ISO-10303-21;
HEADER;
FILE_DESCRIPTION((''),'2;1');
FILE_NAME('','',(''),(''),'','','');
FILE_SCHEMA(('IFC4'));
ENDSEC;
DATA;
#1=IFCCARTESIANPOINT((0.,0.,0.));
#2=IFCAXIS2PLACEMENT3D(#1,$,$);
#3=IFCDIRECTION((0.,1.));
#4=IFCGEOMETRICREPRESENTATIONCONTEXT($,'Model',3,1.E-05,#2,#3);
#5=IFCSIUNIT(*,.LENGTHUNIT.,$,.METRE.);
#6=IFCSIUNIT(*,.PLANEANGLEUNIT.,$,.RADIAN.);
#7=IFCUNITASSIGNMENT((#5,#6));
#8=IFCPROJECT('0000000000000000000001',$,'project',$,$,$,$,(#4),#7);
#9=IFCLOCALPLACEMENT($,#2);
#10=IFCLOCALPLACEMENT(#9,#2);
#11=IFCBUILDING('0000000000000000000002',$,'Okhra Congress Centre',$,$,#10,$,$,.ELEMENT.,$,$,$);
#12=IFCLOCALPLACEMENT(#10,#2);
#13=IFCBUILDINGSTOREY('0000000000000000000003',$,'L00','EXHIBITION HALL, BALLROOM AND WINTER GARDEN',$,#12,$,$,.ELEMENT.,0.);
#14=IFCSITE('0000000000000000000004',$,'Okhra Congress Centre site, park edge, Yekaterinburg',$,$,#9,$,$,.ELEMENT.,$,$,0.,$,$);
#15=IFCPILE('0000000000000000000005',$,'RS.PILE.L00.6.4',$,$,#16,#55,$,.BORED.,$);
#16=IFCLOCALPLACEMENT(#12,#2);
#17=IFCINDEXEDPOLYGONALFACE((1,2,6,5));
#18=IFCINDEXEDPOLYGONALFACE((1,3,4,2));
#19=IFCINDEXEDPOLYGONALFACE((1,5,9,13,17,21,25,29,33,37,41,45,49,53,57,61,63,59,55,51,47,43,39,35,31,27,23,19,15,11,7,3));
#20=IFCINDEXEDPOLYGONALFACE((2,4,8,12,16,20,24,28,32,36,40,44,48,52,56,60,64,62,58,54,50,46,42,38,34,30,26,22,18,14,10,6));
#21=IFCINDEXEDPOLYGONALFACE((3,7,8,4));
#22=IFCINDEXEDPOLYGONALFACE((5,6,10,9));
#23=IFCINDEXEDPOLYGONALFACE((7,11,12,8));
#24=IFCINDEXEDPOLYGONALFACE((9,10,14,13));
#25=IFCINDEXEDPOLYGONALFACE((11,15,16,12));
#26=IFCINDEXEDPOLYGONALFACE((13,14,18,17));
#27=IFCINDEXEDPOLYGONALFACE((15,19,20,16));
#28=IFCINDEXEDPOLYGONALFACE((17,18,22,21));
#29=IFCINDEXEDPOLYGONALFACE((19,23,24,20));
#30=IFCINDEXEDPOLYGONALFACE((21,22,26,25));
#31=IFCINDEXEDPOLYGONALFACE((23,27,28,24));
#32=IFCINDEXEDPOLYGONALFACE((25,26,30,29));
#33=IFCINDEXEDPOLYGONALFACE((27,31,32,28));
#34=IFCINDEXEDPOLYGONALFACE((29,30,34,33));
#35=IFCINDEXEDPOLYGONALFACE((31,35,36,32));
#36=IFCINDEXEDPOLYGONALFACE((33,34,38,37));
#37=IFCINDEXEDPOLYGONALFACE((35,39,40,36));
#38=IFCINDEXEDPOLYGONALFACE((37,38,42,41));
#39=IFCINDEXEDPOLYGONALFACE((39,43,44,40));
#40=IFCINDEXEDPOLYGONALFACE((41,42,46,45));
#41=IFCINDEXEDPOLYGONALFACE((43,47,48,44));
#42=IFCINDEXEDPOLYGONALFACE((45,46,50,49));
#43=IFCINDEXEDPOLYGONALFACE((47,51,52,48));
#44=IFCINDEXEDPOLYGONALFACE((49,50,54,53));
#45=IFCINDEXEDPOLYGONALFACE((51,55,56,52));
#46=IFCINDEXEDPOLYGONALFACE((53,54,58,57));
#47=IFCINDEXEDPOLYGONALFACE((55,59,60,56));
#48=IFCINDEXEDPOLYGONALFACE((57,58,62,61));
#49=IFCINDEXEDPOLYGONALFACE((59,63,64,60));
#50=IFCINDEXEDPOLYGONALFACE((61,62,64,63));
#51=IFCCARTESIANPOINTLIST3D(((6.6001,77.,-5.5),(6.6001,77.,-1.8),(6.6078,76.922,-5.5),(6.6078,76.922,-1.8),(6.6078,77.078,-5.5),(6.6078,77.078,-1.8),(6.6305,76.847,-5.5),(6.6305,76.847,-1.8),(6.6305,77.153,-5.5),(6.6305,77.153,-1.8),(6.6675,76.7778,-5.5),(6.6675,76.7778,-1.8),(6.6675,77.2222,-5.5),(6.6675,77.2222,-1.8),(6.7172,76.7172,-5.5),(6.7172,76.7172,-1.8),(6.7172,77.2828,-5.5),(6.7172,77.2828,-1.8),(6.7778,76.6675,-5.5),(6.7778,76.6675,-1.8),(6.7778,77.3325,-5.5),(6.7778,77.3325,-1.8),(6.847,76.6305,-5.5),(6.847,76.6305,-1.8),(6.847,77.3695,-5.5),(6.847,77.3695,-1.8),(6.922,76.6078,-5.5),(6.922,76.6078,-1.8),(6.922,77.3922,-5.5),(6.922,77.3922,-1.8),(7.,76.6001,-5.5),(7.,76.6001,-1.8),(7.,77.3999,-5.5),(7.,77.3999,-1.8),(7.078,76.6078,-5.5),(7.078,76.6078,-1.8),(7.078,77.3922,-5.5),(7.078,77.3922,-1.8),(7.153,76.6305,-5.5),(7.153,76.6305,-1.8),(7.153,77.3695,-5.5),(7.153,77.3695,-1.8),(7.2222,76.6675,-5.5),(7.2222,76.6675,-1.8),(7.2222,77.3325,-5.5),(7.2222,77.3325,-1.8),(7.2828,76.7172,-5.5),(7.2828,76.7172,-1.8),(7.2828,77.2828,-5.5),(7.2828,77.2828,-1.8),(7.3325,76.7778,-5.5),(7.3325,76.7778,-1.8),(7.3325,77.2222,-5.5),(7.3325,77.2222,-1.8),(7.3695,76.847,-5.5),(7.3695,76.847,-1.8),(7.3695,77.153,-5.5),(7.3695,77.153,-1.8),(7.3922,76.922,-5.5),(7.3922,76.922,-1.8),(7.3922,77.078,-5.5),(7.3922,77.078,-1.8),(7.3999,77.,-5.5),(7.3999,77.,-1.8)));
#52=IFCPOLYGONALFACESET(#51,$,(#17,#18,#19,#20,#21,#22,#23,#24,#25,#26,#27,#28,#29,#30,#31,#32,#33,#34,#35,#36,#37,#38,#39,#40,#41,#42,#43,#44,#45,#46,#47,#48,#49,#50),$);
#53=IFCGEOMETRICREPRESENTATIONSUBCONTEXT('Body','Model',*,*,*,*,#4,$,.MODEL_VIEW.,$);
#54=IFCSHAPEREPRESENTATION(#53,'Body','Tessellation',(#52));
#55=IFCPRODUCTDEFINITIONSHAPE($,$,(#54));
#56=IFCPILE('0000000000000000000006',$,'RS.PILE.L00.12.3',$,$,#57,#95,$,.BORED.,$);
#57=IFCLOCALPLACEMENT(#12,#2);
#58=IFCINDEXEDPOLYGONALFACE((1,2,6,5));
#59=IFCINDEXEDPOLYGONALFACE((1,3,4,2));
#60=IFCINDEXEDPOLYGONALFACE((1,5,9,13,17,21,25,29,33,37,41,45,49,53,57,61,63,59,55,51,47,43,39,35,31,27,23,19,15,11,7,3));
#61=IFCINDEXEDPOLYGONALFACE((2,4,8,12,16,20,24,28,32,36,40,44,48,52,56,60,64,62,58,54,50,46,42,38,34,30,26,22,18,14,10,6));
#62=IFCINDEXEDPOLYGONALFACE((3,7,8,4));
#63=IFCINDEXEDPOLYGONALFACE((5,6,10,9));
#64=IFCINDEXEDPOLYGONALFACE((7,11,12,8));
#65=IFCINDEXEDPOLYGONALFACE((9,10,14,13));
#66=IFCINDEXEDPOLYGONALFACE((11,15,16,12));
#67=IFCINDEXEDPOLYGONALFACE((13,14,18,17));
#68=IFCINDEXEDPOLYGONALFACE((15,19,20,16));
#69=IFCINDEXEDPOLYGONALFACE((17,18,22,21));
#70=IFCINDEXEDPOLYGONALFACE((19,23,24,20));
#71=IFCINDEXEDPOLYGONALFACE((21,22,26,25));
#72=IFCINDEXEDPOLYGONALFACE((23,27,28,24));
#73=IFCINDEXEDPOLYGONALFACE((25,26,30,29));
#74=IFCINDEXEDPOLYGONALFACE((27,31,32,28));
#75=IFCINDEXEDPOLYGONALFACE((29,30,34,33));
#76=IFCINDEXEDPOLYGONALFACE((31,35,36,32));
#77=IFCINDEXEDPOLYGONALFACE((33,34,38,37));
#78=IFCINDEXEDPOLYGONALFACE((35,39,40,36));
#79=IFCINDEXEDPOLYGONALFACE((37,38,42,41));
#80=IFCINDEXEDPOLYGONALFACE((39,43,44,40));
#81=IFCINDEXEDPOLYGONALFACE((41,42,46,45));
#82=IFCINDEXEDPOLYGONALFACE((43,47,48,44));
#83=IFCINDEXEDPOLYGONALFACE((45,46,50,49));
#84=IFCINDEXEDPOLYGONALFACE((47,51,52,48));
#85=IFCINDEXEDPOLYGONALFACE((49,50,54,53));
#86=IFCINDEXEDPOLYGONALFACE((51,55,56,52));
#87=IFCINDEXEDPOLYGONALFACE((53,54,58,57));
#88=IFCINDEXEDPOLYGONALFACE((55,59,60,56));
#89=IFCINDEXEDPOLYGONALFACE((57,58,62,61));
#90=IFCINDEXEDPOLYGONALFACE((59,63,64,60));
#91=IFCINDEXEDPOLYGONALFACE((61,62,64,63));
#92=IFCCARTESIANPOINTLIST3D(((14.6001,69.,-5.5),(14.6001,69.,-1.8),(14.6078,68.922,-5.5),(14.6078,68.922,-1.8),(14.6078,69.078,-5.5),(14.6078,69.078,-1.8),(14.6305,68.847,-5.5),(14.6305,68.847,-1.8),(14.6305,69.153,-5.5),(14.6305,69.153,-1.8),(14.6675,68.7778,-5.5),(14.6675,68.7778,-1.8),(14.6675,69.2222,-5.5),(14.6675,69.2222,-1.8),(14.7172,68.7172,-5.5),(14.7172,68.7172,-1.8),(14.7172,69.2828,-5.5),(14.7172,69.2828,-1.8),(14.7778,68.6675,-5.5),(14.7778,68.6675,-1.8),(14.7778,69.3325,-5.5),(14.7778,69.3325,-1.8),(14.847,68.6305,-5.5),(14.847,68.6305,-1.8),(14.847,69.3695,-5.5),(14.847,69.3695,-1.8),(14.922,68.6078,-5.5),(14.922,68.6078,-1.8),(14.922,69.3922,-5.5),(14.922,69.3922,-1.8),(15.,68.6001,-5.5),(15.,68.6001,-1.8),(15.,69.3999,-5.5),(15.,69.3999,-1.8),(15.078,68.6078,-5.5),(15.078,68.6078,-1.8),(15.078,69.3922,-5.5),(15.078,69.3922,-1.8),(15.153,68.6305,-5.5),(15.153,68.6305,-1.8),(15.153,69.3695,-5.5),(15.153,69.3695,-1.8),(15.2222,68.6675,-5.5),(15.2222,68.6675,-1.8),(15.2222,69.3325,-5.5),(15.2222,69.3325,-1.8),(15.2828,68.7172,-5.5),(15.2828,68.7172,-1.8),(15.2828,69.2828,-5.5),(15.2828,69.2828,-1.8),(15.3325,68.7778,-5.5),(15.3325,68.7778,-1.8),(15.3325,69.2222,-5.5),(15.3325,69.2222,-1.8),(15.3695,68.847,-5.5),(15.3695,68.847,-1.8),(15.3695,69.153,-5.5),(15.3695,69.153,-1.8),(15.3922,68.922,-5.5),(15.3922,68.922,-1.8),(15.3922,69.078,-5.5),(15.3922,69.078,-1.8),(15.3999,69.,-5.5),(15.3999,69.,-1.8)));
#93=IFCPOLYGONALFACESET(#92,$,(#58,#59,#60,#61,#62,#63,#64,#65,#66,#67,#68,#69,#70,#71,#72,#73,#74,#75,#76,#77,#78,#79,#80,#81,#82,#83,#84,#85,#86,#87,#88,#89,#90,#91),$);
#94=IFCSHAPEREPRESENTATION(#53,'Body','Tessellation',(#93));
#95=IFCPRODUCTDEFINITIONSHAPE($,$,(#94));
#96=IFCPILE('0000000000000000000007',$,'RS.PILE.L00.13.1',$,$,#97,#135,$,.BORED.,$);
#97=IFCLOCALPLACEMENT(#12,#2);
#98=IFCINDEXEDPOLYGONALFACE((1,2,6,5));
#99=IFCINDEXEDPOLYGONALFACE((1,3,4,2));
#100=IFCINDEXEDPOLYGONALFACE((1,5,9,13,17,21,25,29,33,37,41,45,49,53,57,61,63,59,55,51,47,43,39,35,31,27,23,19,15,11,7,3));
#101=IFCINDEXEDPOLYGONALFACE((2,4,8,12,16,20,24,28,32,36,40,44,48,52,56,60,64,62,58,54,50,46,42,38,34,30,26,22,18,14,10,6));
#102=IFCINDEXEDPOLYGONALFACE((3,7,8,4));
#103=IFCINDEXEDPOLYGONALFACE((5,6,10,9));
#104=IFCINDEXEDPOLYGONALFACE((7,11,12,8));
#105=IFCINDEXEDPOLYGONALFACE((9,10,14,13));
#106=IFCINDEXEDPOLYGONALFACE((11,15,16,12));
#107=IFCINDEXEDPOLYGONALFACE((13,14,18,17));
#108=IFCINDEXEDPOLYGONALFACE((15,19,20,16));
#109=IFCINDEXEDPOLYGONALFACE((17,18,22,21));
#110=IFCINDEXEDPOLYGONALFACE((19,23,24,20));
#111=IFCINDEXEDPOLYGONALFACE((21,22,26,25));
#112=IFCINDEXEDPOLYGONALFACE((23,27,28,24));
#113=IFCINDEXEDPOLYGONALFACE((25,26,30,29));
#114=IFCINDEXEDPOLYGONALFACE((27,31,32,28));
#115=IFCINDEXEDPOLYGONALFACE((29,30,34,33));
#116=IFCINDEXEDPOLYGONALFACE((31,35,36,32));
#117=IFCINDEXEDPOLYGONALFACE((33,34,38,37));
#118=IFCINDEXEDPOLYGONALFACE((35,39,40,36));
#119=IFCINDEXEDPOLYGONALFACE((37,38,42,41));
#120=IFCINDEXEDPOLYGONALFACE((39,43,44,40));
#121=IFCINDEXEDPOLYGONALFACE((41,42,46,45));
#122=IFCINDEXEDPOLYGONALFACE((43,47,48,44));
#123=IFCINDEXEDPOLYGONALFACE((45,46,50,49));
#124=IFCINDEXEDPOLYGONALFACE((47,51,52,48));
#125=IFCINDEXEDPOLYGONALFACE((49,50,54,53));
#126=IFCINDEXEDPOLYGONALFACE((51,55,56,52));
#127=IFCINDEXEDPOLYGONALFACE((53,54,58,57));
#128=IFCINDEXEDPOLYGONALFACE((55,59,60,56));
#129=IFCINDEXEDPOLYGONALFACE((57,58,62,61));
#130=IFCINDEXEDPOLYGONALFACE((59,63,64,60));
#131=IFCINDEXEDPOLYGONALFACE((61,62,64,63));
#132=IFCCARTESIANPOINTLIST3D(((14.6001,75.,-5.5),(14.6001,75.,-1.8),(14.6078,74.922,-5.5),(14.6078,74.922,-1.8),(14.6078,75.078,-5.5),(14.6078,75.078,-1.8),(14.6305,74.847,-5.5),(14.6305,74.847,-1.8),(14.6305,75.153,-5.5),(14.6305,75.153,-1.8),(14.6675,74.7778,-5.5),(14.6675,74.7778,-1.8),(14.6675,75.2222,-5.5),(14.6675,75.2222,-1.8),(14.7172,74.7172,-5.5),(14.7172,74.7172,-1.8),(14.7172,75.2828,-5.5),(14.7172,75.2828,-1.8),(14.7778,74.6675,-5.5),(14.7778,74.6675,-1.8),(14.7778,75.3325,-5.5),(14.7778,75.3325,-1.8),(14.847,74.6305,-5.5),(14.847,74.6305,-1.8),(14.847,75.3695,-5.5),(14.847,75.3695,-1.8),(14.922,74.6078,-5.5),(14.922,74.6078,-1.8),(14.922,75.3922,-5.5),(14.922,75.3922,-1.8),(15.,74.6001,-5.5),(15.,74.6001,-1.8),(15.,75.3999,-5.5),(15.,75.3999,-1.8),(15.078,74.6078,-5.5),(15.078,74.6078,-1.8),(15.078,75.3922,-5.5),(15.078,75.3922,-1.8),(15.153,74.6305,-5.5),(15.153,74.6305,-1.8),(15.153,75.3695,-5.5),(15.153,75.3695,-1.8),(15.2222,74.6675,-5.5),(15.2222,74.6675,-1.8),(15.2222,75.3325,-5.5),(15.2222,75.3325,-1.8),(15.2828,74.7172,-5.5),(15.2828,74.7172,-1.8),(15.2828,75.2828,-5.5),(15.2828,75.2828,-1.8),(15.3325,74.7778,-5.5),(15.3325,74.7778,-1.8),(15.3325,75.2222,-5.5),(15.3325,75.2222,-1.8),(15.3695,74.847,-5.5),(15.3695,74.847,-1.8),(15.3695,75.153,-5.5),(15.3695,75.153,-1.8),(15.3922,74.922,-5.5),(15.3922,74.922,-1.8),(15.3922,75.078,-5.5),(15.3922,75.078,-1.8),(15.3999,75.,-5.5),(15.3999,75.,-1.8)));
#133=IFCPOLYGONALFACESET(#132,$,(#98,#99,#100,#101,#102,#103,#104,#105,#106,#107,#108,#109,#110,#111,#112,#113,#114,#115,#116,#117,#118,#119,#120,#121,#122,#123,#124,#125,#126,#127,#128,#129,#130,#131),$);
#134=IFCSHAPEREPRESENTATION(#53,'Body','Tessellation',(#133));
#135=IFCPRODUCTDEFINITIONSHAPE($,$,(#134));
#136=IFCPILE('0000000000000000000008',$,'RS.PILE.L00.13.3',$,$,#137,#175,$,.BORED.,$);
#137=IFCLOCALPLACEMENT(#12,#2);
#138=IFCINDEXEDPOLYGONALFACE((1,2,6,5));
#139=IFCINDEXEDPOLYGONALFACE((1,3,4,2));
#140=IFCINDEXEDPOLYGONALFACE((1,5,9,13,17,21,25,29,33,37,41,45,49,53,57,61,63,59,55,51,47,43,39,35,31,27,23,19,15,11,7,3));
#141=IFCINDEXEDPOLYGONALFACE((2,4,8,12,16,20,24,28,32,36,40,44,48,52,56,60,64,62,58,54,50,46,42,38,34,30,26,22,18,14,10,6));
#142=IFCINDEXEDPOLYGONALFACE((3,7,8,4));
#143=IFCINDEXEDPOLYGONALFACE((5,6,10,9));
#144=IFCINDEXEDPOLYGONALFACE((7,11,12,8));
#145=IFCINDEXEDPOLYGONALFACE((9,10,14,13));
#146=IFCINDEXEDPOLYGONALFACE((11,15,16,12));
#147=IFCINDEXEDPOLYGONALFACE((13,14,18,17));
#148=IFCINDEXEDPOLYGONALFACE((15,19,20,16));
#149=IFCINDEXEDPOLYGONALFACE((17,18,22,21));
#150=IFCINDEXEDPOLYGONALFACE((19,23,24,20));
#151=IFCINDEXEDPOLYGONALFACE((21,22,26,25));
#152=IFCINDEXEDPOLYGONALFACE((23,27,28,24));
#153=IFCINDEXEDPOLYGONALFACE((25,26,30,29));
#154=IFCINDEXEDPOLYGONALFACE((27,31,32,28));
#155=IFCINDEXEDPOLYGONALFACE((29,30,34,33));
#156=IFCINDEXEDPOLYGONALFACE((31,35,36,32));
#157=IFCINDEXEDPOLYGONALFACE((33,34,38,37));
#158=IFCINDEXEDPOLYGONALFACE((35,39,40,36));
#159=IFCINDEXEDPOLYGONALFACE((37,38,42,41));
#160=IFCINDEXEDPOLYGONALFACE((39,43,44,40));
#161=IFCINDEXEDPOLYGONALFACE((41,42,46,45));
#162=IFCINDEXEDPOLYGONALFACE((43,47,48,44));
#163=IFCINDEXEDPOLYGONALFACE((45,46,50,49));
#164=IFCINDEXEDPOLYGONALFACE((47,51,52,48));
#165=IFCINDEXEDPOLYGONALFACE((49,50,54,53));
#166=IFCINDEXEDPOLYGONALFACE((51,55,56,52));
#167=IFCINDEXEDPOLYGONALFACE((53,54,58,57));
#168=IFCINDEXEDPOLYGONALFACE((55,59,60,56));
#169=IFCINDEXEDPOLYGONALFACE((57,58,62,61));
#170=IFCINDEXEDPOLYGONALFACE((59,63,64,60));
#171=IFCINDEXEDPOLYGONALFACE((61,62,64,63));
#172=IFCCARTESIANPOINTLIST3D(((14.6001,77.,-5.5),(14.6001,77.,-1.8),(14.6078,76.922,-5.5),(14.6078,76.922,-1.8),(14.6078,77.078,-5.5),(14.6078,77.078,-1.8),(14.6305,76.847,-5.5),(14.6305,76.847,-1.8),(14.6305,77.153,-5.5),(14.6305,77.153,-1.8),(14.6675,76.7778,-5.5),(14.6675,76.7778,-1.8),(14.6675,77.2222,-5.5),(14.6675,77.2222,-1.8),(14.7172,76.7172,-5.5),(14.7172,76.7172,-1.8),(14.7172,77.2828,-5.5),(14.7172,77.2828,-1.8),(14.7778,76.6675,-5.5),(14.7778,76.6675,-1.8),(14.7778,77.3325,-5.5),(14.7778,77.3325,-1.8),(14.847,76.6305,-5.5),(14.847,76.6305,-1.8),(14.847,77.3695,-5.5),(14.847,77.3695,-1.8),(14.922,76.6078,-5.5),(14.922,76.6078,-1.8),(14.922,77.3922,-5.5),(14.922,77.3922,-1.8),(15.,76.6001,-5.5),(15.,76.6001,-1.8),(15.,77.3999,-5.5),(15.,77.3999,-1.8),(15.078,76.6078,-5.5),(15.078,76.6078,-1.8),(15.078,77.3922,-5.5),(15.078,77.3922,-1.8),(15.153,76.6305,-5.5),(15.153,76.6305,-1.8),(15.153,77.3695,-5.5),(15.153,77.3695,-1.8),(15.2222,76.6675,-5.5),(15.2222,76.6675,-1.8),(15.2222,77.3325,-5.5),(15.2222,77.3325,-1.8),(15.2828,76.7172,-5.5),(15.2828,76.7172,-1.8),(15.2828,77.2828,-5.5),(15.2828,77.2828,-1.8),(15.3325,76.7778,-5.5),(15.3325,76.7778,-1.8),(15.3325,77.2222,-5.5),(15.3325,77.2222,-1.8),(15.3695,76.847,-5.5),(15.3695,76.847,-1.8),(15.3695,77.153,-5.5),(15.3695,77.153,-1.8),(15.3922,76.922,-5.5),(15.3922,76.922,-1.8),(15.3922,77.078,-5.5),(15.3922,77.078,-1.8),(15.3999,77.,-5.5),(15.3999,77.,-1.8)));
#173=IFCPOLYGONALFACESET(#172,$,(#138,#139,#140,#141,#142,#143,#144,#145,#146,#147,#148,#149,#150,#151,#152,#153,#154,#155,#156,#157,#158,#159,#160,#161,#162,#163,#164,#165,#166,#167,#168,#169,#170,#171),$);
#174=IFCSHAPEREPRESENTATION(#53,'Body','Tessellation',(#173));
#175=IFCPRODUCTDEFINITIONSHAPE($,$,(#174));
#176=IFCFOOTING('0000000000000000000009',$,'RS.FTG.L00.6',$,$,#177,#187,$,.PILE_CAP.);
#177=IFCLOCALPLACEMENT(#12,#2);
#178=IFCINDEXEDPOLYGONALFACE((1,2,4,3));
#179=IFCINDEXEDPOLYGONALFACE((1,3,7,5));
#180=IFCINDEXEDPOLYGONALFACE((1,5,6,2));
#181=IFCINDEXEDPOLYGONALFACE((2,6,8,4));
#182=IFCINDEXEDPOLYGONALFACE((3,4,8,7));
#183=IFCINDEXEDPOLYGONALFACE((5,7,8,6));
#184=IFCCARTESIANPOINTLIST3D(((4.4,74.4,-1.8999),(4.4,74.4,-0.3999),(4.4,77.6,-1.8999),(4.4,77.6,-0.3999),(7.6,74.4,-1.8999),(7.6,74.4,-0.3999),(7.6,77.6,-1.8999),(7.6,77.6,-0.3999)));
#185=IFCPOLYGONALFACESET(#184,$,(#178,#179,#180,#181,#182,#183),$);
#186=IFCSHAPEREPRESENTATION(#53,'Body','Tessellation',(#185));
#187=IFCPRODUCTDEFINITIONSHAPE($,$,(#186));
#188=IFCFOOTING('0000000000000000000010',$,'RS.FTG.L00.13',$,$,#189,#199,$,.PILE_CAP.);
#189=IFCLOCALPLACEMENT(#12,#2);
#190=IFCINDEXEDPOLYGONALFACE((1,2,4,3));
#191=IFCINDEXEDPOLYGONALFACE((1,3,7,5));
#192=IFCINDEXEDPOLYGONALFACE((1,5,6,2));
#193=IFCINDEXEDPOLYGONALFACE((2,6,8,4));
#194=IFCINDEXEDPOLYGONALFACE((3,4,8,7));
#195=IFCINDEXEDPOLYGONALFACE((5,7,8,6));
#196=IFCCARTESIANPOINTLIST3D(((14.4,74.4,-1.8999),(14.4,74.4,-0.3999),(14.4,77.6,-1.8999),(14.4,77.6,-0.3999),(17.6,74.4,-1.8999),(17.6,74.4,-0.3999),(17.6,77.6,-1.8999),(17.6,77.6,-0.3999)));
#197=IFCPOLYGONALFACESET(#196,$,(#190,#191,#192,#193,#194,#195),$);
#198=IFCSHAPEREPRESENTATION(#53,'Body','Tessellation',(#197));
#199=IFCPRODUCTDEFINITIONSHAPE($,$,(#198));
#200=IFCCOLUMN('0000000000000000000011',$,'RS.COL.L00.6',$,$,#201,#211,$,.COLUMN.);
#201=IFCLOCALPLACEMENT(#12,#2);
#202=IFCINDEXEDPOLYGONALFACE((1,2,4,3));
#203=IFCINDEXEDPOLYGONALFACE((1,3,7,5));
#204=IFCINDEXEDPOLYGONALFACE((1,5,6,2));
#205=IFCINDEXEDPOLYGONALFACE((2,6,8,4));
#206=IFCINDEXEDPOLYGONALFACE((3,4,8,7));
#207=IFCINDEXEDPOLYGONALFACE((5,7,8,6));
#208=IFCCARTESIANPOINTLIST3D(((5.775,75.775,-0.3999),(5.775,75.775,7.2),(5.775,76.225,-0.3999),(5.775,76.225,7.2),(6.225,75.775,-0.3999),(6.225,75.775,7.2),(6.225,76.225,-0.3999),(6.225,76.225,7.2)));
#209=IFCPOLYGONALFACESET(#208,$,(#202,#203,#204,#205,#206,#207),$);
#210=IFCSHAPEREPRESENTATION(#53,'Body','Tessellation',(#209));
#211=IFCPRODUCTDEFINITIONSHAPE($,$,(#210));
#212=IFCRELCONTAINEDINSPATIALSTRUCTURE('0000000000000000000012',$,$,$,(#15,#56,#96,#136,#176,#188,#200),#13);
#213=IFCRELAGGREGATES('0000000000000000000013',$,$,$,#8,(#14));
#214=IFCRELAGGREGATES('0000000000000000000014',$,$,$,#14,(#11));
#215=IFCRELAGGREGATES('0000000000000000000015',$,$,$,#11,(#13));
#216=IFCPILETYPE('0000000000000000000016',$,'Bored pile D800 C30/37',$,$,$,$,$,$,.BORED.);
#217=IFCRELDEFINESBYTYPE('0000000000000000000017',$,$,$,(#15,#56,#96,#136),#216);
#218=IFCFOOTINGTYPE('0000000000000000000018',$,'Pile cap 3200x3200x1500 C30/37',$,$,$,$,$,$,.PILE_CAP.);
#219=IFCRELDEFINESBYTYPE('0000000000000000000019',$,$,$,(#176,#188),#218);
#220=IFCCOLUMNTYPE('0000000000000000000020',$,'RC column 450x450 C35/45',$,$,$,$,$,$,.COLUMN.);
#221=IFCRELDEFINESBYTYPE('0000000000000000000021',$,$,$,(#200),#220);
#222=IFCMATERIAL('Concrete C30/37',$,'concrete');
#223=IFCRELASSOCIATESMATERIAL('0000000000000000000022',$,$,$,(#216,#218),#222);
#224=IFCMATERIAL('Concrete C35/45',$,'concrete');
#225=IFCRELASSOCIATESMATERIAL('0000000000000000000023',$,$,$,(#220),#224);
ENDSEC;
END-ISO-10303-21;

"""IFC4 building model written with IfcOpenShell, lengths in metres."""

from ifc_helpers import new_model, si_unit, direction, frame, origin, origin_2d, place, context, subcontext, project, spatial, rectangle, circle, extrude, material, material_profile, profile_set, type_object, element, save


model = new_model("IFC4")

# Units and contexts
model_context = context("Model", 3, precision=1e-05, world=origin(), true_north=direction((0.0, 1.0)))
body_context = subcontext(model_context, "Body", "Model", "MODEL_VIEW")
ifc_project = project(units=[si_unit("LENGTHUNIT", "METRE"), si_unit("PLANEANGLEUNIT", "RADIAN")], contexts=[model_context])

# Site, building, storey
site_placement = place(None, origin())
site = spatial("IfcSite", under=ifc_project, at=site_placement, Name="Okhra Congress Centre site, park edge, Yekaterinburg", CompositionType="ELEMENT", RefElevation=0.0)
building_placement = place(site_placement, origin())
building = spatial("IfcBuilding", under=site, at=building_placement, Name="Okhra Congress Centre", CompositionType="ELEMENT")
storey_placement = place(building_placement, origin())
storey = spatial("IfcBuildingStorey", under=building, at=storey_placement, Name="L00", Description="EXHIBITION HALL, BALLROOM AND WINTER GARDEN", CompositionType="ELEMENT", Elevation=0.0)

# Piles
ifc_material_1 = material(Name="Concrete C30/37", Category="concrete")
ifc_material_profile_1 = material_profile(ifc_material_1, circle(Radius=0.3999, at=origin_2d()), Name="D800")
ifc_profile_set_1 = profile_set([ifc_material_profile_1], Name="Concrete C30/37")
pile_type = type_object("IfcPileType", Name="Bored pile D800 C30/37", PredefinedType="BORED", material=ifc_profile_set_1)
for number, where, z_axis, x_axis, name in (
    (1, (7.0, 77.0, -1.8), (0.0, 0.0, -1.0), (1.0, 0.0, 0.0), "RS.PILE.L00.6.4"),
    (2, (15.0, 69.0, -1.8), (0.0, 0.0, -1.0), (1.0, 0.0, 0.0), "RS.PILE.L00.12.3"),
    (3, (15.0, 75.0, -1.8), (0.0, 0.0, -1.0), (1.0, 0.0, 0.0), "RS.PILE.L00.13.1"),
    (4, (15.0, 77.0, -1.8), (0.0, 0.0, -1.0), (1.0, 0.0, 0.0), "RS.PILE.L00.13.3"),
):
    element("IfcPile", number, at=place(storey_placement, frame(where, z_axis=z_axis, x_axis=x_axis)), inside=storey, type_object=pile_type, Name=name, PredefinedType="BORED", context=body_context, shape_type="SweptSolid", body=[
        extrude(circle(Radius=0.3999, at=origin_2d()), origin(), (0.0, 0.0, 1.0), 3.7),
    ])

# Footings
footing_type = type_object("IfcFootingType", Name="Pile cap 3200x3200x1500 C30/37", PredefinedType="PILE_CAP", material=ifc_material_1)
for number, where, z_axis, x_axis, name in (
    (5, (6.0, 76.0, -1.8999), (0.0, 0.0, 1.0), (1.0, 0.0, 0.0), "RS.FTG.L00.6"),
    (6, (16.0, 76.0, -1.8999), (0.0, 0.0, 1.0), (1.0, 0.0, 0.0), "RS.FTG.L00.13"),
):
    element("IfcFooting", number, at=place(storey_placement, frame(where, z_axis=z_axis, x_axis=x_axis)), inside=storey, type_object=footing_type, Name=name, PredefinedType="PILE_CAP", context=body_context, shape_type="SweptSolid", body=[
        extrude(rectangle(XDim=3.2, YDim=3.2, at=origin_2d()), origin(), (0.0, 0.0, 1.0), 1.5),
    ])

# Column
ifc_material_2 = material(Name="Concrete C35/45", Category="concrete")
ifc_material_profile_2 = material_profile(ifc_material_2, rectangle(XDim=0.45, YDim=0.45, at=origin_2d()), Name="RC 450x450")
ifc_profile_set_2 = profile_set([ifc_material_profile_2], Name="Concrete C35/45")
column_type_1 = type_object("IfcColumnType", Name="RC column 450x450 C35/45", PredefinedType="COLUMN", material=ifc_profile_set_2)
column_placement = place(storey_placement, frame((6.0, 76.0, -0.3999), z_axis=(0.0, 0.0, 1.0), x_axis=(1.0, 0.0, 0.0)))
element("IfcColumn", 7, at=column_placement, inside=storey, type_object=column_type_1, Name="RS.COL.L00.6", PredefinedType="COLUMN", context=body_context, shape_type="SweptSolid", body=[
    extrude(rectangle(XDim=0.45, YDim=0.45, at=origin_2d()), origin(), (0.0, 0.0, 1.0), 7.5999),
])

save(model, "model.ifc")
